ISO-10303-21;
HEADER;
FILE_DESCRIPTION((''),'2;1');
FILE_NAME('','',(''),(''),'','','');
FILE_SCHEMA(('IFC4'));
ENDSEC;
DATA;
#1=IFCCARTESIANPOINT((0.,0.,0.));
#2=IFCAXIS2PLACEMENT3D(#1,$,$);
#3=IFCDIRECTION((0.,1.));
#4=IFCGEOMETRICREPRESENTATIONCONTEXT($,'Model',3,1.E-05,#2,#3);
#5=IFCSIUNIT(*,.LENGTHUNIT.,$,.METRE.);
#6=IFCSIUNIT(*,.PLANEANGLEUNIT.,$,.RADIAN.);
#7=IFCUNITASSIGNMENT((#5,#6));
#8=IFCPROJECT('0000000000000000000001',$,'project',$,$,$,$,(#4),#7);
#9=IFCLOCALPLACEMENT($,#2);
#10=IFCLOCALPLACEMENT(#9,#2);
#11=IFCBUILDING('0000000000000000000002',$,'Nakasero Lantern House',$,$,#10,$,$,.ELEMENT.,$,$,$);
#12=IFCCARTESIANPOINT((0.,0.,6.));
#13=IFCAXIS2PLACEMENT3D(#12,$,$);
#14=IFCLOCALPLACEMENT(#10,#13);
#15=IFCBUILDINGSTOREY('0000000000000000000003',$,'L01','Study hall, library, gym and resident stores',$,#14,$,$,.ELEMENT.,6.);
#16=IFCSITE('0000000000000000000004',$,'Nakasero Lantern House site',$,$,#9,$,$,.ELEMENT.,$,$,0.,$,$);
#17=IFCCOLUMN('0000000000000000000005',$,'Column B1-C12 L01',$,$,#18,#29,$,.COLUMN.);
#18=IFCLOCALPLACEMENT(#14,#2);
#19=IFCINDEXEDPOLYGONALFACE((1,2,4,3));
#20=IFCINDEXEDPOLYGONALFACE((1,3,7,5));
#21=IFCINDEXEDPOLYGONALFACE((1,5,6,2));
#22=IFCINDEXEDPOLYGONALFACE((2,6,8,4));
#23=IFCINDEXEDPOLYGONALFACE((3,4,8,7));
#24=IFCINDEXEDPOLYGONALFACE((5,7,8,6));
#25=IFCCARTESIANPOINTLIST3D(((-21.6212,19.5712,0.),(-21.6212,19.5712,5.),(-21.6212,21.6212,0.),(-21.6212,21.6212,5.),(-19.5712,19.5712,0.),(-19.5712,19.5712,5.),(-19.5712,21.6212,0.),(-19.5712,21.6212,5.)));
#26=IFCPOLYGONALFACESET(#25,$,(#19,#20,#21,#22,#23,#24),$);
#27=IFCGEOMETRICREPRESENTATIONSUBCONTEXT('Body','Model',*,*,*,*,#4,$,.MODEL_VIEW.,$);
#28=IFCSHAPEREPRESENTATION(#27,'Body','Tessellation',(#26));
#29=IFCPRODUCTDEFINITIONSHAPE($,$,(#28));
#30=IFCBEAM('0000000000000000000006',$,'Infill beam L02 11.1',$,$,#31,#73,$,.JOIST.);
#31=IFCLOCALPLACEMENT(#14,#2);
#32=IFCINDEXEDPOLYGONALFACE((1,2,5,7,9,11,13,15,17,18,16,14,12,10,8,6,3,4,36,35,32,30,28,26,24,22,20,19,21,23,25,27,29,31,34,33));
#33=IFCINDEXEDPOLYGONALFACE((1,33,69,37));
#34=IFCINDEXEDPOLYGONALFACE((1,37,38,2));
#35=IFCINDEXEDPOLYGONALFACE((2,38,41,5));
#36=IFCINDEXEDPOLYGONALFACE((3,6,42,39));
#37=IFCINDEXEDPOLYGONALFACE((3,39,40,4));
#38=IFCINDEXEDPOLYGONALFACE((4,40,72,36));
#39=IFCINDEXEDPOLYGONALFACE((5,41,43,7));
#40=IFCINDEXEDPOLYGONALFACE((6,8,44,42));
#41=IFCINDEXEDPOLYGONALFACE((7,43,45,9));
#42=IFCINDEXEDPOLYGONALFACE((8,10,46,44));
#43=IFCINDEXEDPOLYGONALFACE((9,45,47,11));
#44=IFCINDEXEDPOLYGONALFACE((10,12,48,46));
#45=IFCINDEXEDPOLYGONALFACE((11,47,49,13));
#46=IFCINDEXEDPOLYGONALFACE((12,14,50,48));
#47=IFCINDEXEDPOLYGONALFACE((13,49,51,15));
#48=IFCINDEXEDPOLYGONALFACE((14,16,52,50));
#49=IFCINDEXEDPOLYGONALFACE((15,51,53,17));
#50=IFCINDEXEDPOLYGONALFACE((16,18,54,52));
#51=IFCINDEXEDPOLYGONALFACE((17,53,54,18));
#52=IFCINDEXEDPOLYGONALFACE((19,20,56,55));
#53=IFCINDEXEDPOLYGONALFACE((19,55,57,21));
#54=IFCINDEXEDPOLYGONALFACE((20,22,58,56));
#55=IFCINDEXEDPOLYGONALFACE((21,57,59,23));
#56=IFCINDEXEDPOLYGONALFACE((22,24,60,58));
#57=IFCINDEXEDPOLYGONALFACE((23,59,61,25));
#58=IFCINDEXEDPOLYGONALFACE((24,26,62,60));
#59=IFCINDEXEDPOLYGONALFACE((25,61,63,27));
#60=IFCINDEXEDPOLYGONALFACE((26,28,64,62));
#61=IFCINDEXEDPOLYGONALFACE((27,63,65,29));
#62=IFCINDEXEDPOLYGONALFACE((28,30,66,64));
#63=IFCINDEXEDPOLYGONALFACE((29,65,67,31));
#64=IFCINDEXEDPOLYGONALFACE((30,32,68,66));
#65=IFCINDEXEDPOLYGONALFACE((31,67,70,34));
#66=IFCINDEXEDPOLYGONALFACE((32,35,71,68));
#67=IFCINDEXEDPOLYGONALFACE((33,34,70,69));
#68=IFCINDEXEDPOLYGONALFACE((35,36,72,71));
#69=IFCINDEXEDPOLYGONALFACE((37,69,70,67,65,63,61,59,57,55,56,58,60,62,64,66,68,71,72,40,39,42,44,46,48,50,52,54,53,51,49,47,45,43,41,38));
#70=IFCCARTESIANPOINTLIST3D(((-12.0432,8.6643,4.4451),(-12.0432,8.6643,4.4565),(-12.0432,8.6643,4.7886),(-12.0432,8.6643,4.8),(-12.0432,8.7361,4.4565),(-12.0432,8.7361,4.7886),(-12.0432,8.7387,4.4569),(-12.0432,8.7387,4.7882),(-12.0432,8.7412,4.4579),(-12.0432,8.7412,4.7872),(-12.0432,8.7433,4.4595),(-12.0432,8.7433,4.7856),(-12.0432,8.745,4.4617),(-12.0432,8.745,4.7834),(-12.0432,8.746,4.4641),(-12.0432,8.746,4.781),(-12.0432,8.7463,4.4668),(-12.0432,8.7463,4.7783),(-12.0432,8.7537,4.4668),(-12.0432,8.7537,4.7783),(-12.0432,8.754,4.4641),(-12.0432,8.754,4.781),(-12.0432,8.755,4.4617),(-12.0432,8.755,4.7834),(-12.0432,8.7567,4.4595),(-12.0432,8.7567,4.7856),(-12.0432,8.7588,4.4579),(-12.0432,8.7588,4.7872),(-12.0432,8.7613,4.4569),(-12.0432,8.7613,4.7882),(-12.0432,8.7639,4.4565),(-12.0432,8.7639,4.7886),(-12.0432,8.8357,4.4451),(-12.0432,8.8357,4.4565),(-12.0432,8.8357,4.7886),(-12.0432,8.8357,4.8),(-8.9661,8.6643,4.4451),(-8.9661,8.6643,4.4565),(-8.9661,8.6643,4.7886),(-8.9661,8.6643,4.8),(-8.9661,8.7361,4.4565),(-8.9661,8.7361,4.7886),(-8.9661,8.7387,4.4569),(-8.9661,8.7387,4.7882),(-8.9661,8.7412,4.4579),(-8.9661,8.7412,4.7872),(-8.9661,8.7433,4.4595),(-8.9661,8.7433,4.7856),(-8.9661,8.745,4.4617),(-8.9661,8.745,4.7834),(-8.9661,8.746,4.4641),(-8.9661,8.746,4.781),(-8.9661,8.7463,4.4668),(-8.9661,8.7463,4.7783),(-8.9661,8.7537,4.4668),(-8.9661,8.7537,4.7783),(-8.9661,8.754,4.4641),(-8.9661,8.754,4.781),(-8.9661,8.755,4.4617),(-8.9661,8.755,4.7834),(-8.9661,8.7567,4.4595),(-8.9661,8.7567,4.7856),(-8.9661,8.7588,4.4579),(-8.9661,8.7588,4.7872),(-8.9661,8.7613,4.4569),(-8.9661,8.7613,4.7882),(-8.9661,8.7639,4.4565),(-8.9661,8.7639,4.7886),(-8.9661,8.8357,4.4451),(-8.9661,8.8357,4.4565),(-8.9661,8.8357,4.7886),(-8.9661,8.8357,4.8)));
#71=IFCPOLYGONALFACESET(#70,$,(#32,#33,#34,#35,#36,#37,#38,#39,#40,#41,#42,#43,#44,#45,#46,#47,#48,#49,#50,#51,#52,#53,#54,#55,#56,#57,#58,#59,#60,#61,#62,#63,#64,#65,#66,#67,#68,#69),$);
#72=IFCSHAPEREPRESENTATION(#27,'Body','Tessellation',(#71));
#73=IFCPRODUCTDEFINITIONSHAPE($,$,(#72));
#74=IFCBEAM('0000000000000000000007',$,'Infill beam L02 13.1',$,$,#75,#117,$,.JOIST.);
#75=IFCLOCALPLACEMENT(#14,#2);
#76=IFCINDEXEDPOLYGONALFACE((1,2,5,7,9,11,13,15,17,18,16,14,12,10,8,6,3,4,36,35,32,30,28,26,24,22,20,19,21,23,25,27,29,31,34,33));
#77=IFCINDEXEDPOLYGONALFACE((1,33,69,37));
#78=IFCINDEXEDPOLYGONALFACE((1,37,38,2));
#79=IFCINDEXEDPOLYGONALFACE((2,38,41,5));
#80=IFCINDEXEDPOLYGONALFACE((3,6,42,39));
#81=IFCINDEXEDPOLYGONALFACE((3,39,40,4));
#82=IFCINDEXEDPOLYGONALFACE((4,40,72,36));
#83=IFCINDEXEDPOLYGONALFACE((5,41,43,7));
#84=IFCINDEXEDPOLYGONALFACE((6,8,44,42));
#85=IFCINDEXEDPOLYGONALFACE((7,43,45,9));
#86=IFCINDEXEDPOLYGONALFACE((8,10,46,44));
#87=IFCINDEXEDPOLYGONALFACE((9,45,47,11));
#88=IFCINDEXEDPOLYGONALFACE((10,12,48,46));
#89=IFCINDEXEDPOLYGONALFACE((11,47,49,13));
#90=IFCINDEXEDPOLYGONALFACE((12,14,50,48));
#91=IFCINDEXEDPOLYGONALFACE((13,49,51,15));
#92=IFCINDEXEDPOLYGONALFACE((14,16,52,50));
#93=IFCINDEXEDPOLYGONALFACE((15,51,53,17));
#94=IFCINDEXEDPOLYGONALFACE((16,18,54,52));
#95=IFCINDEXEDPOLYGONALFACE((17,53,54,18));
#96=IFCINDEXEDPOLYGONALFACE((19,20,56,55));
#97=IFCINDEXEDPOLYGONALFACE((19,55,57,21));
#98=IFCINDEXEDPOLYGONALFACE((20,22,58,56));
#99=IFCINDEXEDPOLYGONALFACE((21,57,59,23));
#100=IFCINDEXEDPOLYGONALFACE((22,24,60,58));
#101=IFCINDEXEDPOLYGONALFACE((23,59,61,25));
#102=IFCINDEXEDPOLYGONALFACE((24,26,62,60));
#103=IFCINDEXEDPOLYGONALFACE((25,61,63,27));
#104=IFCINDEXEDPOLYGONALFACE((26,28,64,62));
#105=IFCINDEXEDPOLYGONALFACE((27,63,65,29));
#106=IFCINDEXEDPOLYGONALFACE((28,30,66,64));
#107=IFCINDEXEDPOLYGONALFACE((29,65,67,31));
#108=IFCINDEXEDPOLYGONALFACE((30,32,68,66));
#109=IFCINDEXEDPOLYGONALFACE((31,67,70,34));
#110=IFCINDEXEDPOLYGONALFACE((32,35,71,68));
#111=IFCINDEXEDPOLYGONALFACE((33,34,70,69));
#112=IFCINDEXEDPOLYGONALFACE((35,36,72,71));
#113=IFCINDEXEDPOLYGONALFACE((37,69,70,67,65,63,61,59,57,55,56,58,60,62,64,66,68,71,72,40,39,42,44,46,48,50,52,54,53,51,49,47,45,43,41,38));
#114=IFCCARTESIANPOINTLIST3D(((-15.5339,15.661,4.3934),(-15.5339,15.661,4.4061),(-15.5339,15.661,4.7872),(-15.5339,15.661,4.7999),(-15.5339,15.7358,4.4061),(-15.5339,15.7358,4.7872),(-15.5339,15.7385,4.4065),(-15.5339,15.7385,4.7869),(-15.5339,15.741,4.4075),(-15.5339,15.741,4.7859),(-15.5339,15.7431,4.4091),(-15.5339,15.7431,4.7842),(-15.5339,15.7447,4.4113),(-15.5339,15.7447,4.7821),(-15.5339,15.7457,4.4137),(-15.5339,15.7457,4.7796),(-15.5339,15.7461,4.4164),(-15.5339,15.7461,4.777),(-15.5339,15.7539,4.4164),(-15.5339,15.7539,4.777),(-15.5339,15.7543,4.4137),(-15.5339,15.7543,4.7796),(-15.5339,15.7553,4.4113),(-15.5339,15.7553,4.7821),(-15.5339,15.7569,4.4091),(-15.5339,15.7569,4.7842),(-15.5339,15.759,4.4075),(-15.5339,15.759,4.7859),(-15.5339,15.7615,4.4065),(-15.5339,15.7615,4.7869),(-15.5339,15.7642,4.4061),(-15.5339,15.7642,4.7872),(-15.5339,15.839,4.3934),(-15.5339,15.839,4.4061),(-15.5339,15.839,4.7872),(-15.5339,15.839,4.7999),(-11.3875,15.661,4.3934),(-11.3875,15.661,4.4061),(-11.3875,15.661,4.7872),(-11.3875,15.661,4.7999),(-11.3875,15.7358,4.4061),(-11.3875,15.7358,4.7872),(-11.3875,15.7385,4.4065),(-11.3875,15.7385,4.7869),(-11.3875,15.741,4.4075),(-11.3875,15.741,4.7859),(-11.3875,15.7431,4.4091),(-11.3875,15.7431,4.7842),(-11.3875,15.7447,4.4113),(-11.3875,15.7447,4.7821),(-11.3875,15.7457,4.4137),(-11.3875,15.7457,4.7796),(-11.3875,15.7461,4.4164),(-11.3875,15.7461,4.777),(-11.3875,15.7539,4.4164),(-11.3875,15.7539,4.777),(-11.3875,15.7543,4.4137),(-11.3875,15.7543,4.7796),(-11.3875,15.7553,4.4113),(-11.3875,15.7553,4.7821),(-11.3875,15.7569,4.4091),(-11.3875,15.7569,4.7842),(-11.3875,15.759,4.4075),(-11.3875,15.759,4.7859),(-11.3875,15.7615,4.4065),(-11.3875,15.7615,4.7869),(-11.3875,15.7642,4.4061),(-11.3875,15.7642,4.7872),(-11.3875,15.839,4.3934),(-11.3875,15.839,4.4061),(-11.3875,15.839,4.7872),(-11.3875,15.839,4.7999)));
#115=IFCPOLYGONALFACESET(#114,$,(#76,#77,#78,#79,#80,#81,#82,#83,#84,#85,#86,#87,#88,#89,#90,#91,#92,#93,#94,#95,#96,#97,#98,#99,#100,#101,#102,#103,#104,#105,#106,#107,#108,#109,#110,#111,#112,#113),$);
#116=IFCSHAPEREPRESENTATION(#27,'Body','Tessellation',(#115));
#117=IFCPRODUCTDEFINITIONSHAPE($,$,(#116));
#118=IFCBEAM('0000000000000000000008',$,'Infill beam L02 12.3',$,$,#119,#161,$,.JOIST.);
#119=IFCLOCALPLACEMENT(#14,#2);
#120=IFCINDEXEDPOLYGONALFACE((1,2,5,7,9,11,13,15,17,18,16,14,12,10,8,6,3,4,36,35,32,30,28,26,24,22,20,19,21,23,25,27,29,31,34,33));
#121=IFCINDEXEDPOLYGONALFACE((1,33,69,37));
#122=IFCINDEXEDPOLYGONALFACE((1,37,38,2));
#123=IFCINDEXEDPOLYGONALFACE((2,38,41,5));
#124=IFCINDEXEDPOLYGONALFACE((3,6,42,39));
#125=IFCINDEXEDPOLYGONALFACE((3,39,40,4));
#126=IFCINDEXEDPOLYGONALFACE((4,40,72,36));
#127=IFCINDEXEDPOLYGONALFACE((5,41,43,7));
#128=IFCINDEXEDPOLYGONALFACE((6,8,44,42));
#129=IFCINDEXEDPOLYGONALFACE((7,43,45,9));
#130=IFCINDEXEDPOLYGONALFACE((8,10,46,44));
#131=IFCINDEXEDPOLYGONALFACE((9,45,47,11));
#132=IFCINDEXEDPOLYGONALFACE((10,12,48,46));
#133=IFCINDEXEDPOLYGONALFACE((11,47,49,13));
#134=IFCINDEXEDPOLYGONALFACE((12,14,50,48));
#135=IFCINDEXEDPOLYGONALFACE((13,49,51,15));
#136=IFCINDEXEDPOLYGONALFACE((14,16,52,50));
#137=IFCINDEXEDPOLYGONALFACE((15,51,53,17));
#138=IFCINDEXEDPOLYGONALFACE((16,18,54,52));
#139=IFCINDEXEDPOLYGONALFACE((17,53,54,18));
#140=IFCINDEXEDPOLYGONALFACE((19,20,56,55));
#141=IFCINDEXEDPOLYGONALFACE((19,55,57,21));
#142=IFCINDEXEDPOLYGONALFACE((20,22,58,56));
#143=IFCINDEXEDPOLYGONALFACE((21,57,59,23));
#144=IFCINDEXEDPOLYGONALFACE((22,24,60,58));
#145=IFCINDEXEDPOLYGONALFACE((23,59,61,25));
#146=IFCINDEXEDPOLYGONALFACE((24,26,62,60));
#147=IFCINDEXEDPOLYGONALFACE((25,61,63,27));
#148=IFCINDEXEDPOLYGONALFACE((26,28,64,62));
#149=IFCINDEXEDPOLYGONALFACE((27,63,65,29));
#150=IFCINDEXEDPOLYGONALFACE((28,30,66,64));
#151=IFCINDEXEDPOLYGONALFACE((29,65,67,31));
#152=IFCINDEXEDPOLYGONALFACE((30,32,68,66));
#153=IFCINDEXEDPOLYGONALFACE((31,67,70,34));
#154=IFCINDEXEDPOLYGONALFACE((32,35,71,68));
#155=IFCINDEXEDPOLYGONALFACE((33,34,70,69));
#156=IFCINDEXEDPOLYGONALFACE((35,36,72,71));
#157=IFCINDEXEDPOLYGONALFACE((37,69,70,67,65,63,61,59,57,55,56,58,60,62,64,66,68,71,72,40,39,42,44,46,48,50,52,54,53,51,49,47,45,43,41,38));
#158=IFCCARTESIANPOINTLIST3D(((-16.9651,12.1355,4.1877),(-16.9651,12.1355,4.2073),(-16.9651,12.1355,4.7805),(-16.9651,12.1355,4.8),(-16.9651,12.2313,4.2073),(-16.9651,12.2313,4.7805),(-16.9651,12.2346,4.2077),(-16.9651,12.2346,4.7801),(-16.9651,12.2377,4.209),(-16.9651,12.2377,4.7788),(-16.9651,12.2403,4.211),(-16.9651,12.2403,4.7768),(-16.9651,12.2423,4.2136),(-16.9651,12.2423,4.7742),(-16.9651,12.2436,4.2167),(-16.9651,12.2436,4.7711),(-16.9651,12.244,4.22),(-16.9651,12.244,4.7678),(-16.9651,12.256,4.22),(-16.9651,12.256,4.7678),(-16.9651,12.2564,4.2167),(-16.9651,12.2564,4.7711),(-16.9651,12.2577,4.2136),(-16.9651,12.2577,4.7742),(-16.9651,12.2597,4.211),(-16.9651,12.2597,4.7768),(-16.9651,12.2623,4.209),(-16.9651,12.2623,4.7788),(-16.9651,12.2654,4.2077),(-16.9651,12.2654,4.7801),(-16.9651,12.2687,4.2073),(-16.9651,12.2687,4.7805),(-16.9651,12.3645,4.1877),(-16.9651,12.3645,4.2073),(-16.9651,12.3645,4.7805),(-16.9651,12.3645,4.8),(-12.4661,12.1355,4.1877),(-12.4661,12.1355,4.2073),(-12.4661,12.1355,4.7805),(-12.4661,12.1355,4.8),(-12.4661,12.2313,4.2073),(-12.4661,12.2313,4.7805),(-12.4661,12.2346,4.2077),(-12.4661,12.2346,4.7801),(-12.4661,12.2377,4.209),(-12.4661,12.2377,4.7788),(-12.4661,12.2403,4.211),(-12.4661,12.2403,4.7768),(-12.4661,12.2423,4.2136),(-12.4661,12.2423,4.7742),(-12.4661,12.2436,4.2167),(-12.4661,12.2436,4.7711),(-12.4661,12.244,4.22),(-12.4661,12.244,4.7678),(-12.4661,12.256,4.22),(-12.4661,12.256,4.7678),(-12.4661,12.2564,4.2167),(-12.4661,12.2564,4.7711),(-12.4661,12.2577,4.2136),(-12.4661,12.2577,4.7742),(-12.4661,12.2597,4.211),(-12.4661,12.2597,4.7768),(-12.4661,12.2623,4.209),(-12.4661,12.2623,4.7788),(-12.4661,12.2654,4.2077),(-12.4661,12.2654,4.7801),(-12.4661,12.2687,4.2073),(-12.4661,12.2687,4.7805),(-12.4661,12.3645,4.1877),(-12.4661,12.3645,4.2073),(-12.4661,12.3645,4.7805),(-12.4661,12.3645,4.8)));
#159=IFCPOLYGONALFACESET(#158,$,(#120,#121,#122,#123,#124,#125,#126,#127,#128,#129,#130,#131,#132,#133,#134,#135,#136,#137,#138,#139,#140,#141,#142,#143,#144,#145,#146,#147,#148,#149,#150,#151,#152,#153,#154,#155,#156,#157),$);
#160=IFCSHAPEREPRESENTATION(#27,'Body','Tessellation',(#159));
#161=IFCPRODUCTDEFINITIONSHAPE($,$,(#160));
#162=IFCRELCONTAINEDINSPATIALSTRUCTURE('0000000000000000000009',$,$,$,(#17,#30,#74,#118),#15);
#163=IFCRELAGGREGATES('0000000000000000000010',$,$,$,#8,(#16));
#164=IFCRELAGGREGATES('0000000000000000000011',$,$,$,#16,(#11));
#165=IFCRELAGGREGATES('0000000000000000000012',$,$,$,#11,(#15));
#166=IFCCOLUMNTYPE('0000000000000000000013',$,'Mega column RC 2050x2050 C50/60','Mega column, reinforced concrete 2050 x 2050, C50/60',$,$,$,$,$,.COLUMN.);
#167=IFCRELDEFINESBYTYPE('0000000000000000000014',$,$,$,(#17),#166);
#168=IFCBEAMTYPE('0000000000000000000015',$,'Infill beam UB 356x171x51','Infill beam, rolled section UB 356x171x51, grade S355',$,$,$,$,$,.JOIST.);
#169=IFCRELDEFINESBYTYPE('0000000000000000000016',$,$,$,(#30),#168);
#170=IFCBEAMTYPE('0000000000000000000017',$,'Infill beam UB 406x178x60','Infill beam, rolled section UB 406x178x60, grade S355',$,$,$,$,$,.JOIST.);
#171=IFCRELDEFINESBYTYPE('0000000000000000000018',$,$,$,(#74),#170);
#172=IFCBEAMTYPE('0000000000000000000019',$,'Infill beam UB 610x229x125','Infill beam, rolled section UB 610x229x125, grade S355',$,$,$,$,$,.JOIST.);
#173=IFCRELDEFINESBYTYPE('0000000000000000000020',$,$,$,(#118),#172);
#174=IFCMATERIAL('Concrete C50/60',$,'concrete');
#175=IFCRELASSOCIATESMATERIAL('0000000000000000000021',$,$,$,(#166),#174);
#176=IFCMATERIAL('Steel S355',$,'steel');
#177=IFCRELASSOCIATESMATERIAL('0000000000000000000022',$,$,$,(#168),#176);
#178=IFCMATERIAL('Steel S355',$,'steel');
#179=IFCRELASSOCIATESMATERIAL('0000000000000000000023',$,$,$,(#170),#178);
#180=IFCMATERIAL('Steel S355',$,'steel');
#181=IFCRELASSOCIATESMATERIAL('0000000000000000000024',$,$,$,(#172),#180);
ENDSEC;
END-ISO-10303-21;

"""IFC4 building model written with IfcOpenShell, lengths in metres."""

from ifc_helpers import new_model, si_unit, direction, frame, origin, origin_2d, place, context, subcontext, project, spatial, rectangle, i_section, extrude, material, material_profile, profile_set, type_object, element, save


model = new_model("IFC4")

# Units and contexts
model_context = context("Model", 3, precision=1e-05, world=origin(), true_north=direction((0.0, 1.0)))
body_context = subcontext(model_context, "Body", "Model", "MODEL_VIEW")
ifc_project = project(units=[si_unit("LENGTHUNIT", "METRE"), si_unit("PLANEANGLEUNIT", "RADIAN")], contexts=[model_context])

# Site, building, storey
site_placement = place(None, origin())
site = spatial("IfcSite", under=ifc_project, at=site_placement, Name="Nakasero Lantern House site", CompositionType="ELEMENT", RefElevation=0.0)
building_placement = place(site_placement, origin())
building = spatial("IfcBuilding", under=site, at=building_placement, Name="Nakasero Lantern House", CompositionType="ELEMENT")
storey_placement = place(building_placement, frame((0.0, 0.0, 6.0)))
storey = spatial("IfcBuildingStorey", under=building, at=storey_placement, Name="L01", Description="Study hall, library, gym and resident stores", CompositionType="ELEMENT", Elevation=6.0)

# Column
ifc_material_1 = material(Name="Concrete C50/60", Category="concrete")
ifc_material_profile_1 = material_profile(ifc_material_1, rectangle(XDim=2.05, YDim=2.05, at=origin_2d()), Name="RC 2050x2050")
ifc_profile_set_1 = profile_set([ifc_material_profile_1], Name="Concrete C50/60")
column_type = type_object("IfcColumnType", Name="Mega column RC 2050x2050 C50/60", Description="Mega column, reinforced concrete 2050 x 2050, C50/60", PredefinedType="COLUMN", material=ifc_profile_set_1)
column_placement = place(storey_placement, frame((-20.5962, 20.5962, 0.0), z_axis=(0.0, 0.0, 1.0), x_axis=(1.0, 0.0, 0.0)))
element("IfcColumn", 1, at=column_placement, inside=storey, type_object=column_type, Name="Column B1-C12 L01", PredefinedType="COLUMN", context=body_context, shape_type="SweptSolid", body=[
    extrude(rectangle(XDim=2.05, YDim=2.05, at=origin_2d()), origin(), (0.0, 0.0, 1.0), 5.0),
])

# Beams
ifc_material_2 = material(Name="Steel S355", Category="steel")
ifc_material_profile_2 = material_profile(ifc_material_2, i_section(OverallWidth=0.1714, OverallDepth=0.355, WebThickness=0.0073, FlangeThickness=0.0115, FilletRadius=0.0103, at=origin_2d()), Name="UB 356x171x51")
ifc_profile_set_2 = profile_set([ifc_material_profile_2], Name="Steel S355")
beam_type_1 = type_object("IfcBeamType", Name="Infill beam UB 356x171x51", Description="Infill beam, rolled section UB 356x171x51, grade S355", PredefinedType="JOIST", material=ifc_profile_set_2)
beam_1_placement = place(storey_placement, frame((-12.0432, 8.75, 4.6226), z_axis=(1.0, 0.0, 0.0), x_axis=(0.0, 1.0, 0.0)))
element("IfcBeam", 2, at=beam_1_placement, inside=storey, type_object=beam_type_1, Name="Infill beam L02 11.1", PredefinedType="JOIST", context=body_context, shape_type="SweptSolid", body=[
    extrude(i_section(OverallWidth=0.1714, OverallDepth=0.355, WebThickness=0.0073, FlangeThickness=0.0115, FilletRadius=0.0103, at=origin_2d()), origin(), (0.0, 0.0, 1.0), 3.0771),
])
ifc_material_3 = material(Name="Steel S355", Category="steel")
ifc_material_profile_3 = material_profile(ifc_material_3, i_section(OverallWidth=0.178, OverallDepth=0.4065, WebThickness=0.0078, FlangeThickness=0.0127, FilletRadius=0.0103, at=origin_2d()), Name="UB 406x178x60")
ifc_profile_set_3 = profile_set([ifc_material_profile_3], Name="Steel S355")
beam_type_2 = type_object("IfcBeamType", Name="Infill beam UB 406x178x60", Description="Infill beam, rolled section UB 406x178x60, grade S355", PredefinedType="JOIST", material=ifc_profile_set_3)
beam_2_placement = place(storey_placement, frame((-15.5339, 15.75, 4.5967), z_axis=(1.0, 0.0, 0.0), x_axis=(0.0, 1.0, 0.0)))
element("IfcBeam", 3, at=beam_2_placement, inside=storey, type_object=beam_type_2, Name="Infill beam L02 13.1", PredefinedType="JOIST", context=body_context, shape_type="SweptSolid", body=[
    extrude(i_section(OverallWidth=0.178, OverallDepth=0.4065, WebThickness=0.0078, FlangeThickness=0.0127, FilletRadius=0.0103, at=origin_2d()), origin(), (0.0, 0.0, 1.0), 4.1465),
])
ifc_material_4 = material(Name="Steel S355", Category="steel")
ifc_material_profile_4 = material_profile(ifc_material_4, i_section(OverallWidth=0.229, OverallDepth=0.6123, WebThickness=0.012, FlangeThickness=0.0195, FilletRadius=0.0127, at=origin_2d()), Name="UB 610x229x125")
ifc_profile_set_4 = profile_set([ifc_material_profile_4], Name="Steel S355")
beam_type_3 = type_object("IfcBeamType", Name="Infill beam UB 610x229x125", Description="Infill beam, rolled section UB 610x229x125, grade S355", PredefinedType="JOIST", material=ifc_profile_set_4)
beam_3_placement = place(storey_placement, frame((-16.9651, 12.25, 4.4939), z_axis=(1.0, 0.0, 0.0), x_axis=(0.0, 1.0, 0.0)))
element("IfcBeam", 4, at=beam_3_placement, inside=storey, type_object=beam_type_3, Name="Infill beam L02 12.3", PredefinedType="JOIST", context=body_context, shape_type="SweptSolid", body=[
    extrude(i_section(OverallWidth=0.229, OverallDepth=0.6123, WebThickness=0.012, FlangeThickness=0.0195, FilletRadius=0.0127, at=origin_2d()), origin(), (0.0, 0.0, 1.0), 4.499),
])

save(model, "model.ifc")
